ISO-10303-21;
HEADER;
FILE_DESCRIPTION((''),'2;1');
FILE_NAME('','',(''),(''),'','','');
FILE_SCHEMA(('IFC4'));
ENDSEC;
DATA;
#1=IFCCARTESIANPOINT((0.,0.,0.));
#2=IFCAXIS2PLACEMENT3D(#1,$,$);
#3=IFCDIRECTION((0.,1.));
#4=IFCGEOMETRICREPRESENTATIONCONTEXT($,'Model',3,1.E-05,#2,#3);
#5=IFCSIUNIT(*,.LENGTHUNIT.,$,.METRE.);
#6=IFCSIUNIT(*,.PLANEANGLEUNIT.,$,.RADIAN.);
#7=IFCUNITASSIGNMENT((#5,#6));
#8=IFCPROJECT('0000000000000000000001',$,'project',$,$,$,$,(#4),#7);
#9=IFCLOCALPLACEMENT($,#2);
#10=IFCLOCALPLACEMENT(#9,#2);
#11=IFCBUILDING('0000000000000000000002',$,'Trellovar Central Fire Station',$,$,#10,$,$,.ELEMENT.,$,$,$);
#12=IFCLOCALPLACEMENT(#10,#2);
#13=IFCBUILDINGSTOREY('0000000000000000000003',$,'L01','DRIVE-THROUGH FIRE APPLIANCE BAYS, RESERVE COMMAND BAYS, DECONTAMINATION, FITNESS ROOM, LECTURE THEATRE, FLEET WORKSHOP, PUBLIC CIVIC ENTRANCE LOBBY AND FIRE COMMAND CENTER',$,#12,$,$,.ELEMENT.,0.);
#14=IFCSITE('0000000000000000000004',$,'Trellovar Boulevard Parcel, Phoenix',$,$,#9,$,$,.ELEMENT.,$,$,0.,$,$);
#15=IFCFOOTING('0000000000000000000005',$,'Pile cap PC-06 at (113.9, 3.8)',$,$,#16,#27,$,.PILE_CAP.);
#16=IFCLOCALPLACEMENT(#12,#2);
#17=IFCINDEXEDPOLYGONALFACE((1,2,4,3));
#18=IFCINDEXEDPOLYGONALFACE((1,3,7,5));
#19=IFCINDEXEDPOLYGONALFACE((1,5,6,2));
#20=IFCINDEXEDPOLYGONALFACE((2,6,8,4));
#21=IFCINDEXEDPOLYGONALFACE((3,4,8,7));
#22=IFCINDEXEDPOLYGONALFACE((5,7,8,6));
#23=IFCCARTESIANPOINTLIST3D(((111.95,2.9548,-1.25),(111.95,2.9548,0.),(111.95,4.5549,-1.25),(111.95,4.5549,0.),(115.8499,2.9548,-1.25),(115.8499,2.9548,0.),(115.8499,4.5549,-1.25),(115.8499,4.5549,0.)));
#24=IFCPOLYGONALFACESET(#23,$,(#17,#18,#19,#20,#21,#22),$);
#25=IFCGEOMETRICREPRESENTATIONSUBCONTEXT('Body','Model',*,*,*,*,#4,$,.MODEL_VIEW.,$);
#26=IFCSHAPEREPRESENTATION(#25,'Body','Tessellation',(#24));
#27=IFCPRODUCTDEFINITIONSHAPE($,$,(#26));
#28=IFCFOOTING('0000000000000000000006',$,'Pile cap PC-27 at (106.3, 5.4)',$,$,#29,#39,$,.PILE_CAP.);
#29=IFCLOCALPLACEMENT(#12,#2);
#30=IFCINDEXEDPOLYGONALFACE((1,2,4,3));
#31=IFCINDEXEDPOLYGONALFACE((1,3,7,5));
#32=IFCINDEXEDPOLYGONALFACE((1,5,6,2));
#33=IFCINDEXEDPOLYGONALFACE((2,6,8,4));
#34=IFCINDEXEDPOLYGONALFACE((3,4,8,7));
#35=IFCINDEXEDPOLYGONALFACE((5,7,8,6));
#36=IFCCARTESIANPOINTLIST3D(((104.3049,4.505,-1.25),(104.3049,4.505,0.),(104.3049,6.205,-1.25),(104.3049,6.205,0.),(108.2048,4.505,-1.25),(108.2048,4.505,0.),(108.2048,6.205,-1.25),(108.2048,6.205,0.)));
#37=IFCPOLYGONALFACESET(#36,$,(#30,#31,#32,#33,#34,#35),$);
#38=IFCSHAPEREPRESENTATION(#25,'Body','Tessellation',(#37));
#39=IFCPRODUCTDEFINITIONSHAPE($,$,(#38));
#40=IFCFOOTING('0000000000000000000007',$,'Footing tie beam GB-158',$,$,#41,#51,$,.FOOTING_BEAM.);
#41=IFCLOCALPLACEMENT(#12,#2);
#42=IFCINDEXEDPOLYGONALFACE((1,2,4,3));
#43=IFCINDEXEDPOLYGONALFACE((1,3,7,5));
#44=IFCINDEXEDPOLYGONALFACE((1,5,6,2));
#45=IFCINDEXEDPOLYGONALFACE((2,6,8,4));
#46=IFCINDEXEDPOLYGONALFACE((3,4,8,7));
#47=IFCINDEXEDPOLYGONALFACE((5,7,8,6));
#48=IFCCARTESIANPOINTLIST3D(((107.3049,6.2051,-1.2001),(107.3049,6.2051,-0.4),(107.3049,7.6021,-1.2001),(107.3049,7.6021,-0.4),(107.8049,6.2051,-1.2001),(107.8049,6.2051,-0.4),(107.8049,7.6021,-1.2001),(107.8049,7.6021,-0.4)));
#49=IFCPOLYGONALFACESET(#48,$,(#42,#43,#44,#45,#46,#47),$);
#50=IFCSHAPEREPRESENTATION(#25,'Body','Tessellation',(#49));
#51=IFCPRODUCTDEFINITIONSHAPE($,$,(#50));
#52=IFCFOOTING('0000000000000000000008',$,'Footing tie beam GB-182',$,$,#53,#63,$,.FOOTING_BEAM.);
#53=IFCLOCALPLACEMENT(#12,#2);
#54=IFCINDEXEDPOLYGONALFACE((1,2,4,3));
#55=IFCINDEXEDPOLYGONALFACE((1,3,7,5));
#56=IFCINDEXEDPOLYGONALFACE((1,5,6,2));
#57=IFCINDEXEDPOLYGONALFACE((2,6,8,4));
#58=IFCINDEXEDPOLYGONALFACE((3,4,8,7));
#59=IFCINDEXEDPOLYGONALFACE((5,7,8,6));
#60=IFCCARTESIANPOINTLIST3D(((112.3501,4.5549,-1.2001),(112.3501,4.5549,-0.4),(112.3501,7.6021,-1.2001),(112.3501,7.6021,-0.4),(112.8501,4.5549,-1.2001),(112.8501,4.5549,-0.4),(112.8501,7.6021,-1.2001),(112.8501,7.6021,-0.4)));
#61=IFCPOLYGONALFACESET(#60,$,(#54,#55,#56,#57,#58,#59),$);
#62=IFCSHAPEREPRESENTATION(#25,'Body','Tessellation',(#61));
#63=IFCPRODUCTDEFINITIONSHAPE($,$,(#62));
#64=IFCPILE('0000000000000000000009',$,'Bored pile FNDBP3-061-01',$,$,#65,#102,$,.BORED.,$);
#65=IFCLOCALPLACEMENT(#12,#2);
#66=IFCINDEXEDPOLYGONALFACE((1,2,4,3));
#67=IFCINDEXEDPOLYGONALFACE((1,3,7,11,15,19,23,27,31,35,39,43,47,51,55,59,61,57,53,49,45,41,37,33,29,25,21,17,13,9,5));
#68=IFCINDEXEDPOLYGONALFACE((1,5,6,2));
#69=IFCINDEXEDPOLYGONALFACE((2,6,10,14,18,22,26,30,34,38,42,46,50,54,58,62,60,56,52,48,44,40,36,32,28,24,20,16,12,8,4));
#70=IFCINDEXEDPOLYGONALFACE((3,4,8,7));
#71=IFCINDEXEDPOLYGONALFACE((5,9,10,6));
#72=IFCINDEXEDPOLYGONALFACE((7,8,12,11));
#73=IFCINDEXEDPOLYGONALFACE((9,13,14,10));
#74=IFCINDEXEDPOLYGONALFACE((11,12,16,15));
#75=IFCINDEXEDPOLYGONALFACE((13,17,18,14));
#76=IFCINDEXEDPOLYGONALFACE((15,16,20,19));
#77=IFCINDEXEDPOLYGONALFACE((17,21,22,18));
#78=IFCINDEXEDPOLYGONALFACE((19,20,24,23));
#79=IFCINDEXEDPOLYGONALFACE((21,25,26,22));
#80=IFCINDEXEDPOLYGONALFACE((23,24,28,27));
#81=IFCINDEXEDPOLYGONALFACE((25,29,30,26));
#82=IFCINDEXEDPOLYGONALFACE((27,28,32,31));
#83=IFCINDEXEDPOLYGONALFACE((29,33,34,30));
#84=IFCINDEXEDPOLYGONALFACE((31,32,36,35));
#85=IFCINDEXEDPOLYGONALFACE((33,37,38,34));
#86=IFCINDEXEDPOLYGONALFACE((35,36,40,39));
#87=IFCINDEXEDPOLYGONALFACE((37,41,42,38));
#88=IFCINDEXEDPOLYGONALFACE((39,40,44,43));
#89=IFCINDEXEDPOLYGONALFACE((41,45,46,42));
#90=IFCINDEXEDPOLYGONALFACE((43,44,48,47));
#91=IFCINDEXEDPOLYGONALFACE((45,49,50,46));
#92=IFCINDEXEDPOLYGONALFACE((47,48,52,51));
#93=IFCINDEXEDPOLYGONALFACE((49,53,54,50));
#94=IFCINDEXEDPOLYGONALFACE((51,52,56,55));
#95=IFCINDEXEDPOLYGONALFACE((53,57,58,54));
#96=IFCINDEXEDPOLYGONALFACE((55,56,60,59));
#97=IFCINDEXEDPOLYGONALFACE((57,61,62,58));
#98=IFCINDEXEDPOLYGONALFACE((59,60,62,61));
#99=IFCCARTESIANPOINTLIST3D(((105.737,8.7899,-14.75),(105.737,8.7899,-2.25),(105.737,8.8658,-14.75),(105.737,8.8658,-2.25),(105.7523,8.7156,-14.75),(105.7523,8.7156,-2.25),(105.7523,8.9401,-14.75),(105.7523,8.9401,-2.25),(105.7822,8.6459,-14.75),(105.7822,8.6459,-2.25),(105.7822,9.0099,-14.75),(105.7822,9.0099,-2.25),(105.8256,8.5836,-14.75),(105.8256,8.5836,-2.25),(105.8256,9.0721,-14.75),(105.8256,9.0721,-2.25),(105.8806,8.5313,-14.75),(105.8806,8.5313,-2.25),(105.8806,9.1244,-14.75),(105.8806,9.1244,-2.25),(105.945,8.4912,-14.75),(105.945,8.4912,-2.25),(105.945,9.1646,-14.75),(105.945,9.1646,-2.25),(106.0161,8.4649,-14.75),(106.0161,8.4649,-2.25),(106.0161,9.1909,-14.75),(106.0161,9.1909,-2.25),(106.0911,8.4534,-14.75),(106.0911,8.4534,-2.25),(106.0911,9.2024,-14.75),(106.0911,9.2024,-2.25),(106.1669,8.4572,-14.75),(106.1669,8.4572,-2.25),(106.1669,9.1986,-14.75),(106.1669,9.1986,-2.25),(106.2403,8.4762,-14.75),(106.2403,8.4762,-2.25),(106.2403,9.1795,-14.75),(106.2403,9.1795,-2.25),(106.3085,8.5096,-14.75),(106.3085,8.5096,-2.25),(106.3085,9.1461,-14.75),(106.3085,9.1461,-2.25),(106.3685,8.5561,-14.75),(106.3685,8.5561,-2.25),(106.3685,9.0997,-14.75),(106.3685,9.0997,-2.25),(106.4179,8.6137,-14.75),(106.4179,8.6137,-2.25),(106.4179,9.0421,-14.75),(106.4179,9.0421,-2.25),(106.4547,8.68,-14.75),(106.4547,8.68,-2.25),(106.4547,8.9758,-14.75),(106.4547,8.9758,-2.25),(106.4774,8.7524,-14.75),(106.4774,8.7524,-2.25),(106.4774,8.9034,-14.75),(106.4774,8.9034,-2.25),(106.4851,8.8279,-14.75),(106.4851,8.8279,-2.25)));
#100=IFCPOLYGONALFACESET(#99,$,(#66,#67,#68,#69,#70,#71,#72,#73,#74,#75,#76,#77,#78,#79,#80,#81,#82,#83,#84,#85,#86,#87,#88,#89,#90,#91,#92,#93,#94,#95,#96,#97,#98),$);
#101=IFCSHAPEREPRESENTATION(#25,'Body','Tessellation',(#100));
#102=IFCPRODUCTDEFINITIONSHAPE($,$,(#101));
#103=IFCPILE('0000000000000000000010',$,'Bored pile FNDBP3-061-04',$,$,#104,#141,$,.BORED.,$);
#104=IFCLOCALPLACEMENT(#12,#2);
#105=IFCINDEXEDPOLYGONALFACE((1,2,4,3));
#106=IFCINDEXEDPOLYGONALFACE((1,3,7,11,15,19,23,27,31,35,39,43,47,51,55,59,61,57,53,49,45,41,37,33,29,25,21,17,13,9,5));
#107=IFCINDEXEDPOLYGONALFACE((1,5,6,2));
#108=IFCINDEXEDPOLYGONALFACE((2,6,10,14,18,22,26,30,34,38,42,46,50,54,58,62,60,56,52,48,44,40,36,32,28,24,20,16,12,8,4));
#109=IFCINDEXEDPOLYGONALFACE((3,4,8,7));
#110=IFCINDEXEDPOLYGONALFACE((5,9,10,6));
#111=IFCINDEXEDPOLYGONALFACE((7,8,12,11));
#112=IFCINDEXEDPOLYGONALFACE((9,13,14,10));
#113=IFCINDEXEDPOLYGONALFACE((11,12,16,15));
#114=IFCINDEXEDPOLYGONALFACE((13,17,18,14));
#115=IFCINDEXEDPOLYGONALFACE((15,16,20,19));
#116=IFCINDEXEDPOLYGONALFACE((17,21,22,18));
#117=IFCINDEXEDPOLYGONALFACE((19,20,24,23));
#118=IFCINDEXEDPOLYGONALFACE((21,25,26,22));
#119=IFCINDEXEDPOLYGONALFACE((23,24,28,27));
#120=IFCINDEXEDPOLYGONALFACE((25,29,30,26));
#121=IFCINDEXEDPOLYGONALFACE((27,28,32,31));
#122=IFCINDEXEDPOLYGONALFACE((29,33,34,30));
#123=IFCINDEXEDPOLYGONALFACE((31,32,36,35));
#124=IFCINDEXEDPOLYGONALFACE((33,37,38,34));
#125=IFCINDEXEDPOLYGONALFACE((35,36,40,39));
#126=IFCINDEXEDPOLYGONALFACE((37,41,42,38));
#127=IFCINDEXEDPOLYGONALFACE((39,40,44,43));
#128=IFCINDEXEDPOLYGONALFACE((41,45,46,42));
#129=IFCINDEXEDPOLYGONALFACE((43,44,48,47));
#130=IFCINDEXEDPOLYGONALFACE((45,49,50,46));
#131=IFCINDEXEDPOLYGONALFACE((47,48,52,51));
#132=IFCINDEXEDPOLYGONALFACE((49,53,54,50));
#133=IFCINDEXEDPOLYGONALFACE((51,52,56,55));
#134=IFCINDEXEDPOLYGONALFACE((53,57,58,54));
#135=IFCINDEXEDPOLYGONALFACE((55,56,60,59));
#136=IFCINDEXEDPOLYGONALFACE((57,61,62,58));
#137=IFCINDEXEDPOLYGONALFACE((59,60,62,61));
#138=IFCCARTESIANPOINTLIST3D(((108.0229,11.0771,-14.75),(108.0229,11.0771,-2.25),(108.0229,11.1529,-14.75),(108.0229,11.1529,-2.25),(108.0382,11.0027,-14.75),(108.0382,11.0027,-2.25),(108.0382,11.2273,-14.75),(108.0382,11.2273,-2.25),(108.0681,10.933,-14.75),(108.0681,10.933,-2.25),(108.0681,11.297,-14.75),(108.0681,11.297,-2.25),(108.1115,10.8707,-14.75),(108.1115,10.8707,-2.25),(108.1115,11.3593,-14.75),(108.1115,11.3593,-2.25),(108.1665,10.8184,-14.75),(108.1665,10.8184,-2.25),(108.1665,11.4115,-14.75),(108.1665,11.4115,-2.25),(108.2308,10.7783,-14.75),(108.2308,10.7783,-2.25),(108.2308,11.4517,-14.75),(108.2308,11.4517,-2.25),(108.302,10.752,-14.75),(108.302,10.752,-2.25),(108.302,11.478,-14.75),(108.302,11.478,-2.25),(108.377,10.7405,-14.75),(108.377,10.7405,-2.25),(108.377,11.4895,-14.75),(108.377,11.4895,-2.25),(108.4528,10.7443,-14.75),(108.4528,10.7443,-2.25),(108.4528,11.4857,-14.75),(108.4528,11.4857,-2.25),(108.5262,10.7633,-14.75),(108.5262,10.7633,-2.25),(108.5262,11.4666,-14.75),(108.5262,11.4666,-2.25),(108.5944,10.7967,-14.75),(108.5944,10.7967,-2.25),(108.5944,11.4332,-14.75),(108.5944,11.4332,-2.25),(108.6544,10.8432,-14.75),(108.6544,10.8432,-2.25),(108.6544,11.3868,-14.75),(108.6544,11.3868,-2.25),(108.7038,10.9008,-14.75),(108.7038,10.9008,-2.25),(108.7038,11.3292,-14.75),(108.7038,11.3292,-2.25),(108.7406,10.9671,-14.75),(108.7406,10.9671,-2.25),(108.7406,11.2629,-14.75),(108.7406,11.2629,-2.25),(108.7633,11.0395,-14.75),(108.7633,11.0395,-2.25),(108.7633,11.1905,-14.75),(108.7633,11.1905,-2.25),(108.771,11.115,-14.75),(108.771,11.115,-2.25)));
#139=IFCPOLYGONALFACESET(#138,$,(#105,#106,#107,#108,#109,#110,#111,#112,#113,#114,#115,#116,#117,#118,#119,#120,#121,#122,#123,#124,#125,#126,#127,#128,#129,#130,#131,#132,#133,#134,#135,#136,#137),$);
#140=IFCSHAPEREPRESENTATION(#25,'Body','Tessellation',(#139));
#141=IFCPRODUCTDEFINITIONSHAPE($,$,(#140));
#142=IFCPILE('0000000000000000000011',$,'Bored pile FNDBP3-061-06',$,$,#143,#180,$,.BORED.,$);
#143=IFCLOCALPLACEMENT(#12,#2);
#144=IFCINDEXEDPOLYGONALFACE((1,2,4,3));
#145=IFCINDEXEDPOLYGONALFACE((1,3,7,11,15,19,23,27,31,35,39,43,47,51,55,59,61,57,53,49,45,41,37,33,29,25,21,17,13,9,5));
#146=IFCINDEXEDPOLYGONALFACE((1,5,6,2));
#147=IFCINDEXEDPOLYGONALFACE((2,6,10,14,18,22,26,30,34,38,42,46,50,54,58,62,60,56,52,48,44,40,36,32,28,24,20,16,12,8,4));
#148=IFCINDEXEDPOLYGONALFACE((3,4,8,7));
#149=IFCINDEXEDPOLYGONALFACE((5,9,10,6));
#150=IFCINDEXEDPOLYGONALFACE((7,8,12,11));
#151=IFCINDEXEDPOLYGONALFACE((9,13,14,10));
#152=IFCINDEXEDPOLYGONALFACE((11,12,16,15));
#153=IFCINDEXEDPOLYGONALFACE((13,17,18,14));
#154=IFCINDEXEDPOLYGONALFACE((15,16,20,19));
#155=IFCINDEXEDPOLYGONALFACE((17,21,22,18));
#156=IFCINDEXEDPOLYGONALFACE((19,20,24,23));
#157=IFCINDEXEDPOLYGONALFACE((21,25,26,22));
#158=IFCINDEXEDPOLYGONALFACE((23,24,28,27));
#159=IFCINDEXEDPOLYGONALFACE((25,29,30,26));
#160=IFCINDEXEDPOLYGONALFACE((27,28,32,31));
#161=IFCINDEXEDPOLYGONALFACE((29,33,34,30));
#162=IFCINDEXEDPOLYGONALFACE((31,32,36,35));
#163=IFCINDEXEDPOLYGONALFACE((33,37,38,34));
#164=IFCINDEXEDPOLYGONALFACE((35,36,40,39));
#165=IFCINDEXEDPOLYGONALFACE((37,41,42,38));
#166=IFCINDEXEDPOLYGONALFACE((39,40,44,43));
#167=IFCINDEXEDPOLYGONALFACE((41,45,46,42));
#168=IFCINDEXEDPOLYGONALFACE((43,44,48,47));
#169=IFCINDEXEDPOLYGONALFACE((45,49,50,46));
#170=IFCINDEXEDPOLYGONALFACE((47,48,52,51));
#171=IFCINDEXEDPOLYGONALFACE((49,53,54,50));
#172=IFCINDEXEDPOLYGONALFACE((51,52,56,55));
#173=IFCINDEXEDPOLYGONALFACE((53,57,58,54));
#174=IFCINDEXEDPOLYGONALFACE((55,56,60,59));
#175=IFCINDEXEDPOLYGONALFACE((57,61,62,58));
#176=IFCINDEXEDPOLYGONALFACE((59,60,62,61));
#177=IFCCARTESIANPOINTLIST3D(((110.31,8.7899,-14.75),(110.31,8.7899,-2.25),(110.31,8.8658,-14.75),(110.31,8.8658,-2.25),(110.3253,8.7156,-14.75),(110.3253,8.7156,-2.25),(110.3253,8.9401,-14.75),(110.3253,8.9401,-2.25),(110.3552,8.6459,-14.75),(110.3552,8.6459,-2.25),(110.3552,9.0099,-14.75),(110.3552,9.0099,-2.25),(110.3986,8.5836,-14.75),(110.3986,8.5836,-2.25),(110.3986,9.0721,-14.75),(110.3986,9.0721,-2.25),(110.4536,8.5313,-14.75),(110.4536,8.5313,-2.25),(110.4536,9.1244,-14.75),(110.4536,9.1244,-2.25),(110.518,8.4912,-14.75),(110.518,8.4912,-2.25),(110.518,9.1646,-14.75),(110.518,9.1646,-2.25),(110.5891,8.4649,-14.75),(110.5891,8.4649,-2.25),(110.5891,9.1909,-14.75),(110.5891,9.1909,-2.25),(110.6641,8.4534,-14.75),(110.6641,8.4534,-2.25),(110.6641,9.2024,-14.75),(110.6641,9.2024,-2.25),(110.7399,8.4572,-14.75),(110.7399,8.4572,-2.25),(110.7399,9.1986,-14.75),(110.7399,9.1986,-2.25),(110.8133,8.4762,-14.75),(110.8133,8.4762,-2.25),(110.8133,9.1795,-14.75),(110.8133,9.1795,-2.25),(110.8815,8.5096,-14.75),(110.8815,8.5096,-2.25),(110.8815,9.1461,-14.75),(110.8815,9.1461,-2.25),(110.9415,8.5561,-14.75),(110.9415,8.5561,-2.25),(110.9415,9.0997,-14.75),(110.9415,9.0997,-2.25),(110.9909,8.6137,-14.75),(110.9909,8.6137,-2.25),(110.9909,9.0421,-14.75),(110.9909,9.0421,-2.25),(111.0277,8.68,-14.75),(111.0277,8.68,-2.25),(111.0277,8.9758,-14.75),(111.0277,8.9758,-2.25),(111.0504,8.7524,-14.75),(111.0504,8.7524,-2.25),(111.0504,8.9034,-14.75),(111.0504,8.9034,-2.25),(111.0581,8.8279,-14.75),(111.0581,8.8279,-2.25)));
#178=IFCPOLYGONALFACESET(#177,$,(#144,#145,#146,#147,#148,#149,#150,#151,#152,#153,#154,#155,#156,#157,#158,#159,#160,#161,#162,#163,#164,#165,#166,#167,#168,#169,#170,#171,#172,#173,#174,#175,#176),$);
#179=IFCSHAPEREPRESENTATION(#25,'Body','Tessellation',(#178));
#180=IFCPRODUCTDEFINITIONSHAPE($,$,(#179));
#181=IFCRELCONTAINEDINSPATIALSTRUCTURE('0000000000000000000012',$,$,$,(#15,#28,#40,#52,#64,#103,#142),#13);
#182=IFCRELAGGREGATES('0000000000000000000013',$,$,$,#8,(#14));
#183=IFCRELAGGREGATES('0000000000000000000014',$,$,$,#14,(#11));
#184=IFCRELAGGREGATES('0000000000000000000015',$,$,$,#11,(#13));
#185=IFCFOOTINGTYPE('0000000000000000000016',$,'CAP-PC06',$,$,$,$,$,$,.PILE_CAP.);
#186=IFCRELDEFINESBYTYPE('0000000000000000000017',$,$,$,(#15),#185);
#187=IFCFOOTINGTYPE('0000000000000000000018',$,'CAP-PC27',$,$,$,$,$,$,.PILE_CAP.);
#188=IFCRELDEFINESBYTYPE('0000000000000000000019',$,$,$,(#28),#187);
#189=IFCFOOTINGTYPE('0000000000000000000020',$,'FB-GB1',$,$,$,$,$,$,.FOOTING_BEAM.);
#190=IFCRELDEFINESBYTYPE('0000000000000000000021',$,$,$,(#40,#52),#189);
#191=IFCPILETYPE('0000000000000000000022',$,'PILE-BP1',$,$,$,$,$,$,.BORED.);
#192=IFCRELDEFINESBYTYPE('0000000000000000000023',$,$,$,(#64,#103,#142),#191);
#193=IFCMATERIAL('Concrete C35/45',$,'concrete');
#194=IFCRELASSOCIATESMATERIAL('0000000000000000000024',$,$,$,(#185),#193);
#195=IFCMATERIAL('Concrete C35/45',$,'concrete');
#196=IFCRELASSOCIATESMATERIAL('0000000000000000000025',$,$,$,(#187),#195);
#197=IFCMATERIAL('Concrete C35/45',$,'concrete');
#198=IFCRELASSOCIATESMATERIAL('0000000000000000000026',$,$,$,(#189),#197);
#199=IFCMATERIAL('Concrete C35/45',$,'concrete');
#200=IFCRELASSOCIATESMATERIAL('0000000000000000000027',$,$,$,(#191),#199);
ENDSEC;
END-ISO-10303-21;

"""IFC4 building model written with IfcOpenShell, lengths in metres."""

from ifc_helpers import new_model, si_unit, direction, frame, origin, origin_2d, place, context, subcontext, project, spatial, rectangle, circle, extrude, material, material_profile, profile_set, type_object, element, save


model = new_model("IFC4")

# Units and contexts
model_context = context("Model", 3, precision=1e-05, world=origin(), true_north=direction((0.0, 1.0)))
body_context = subcontext(model_context, "Body", "Model", "MODEL_VIEW")
ifc_project = project(units=[si_unit("LENGTHUNIT", "METRE"), si_unit("PLANEANGLEUNIT", "RADIAN")], contexts=[model_context])

# Site, building, storey
site_placement = place(None, origin())
site = spatial("IfcSite", under=ifc_project, at=site_placement, Name="Trellovar Boulevard Parcel, Phoenix", CompositionType="ELEMENT", RefElevation=0.0)
building_placement = place(site_placement, origin())
building = spatial("IfcBuilding", under=site, at=building_placement, Name="Trellovar Central Fire Station", CompositionType="ELEMENT")
storey_placement = place(building_placement, origin())
storey = spatial("IfcBuildingStorey", under=building, at=storey_placement, Name="L01", Description="DRIVE-THROUGH FIRE APPLIANCE BAYS, RESERVE COMMAND BAYS, DECONTAMINATION, FITNESS ROOM, LECTURE THEATRE, FLEET WORKSHOP, PUBLIC CIVIC ENTRANCE LOBBY AND FIRE COMMAND CENTER", CompositionType="ELEMENT", Elevation=0.0)

# Footings
ifc_material_1 = material(Name="Concrete C35/45", Category="concrete")
footing_type_1 = type_object("IfcFootingType", Name="CAP-PC06", PredefinedType="PILE_CAP", material=ifc_material_1)
footing_1_placement = place(storey_placement, frame((113.8999, 3.7549, -1.25), z_axis=(0.0, 0.0, 1.0), x_axis=(1.0, 0.0, 0.0)))
element("IfcFooting", 1, at=footing_1_placement, inside=storey, type_object=footing_type_1, Name="Pile cap PC-06 at (113.9, 3.8)", PredefinedType="PILE_CAP", context=body_context, shape_type="SweptSolid", body=[
    extrude(rectangle(XDim=3.8999, YDim=1.6001, at=origin_2d()), origin(), (0.0, 0.0, 1.0), 1.25),
])
ifc_material_2 = material(Name="Concrete C35/45", Category="concrete")
footing_type_2 = type_object("IfcFootingType", Name="CAP-PC27", PredefinedType="PILE_CAP", material=ifc_material_2)
footing_2_placement = place(storey_placement, frame((106.2549, 5.355, -1.25), z_axis=(0.0, 0.0, 1.0), x_axis=(1.0, 0.0, 0.0)))
element("IfcFooting", 2, at=footing_2_placement, inside=storey, type_object=footing_type_2, Name="Pile cap PC-27 at (106.3, 5.4)", PredefinedType="PILE_CAP", context=body_context, shape_type="SweptSolid", body=[
    extrude(rectangle(XDim=3.8999, YDim=1.7, at=origin_2d()), origin(), (0.0, 0.0, 1.0), 1.25),
])
ifc_material_3 = material(Name="Concrete C35/45", Category="concrete")
ifc_material_profile_1 = material_profile(ifc_material_3, rectangle(XDim=0.5, YDim=0.8, at=origin_2d()), Name="RC500X800")
ifc_profile_set_1 = profile_set([ifc_material_profile_1], Name="Concrete C35/45")
footing_type_3 = type_object("IfcFootingType", Name="FB-GB1", PredefinedType="FOOTING_BEAM", material=ifc_profile_set_1)
footing_3_placement = place(storey_placement, frame((107.5549, 6.2051, -0.8), z_axis=(0.0, 1.0, 0.0), x_axis=(-1.0, 0.0, 0.0)))
element("IfcFooting", 3, at=footing_3_placement, inside=storey, type_object=footing_type_3, Name="Footing tie beam GB-158", PredefinedType="FOOTING_BEAM", context=body_context, shape_type="SweptSolid", body=[
    extrude(rectangle(XDim=0.5, YDim=0.8, at=origin_2d()), origin(), (0.0, 0.0, 1.0), 1.397),
])
footing_4_placement = place(storey_placement, frame((112.6001, 4.5549, -0.8), z_axis=(0.0, 1.0, 0.0), x_axis=(-1.0, 0.0, 0.0)))
element("IfcFooting", 4, at=footing_4_placement, inside=storey, type_object=footing_type_3, Name="Footing tie beam GB-182", PredefinedType="FOOTING_BEAM", context=body_context, shape_type="SweptSolid", body=[
    extrude(rectangle(XDim=0.5, YDim=0.8, at=origin_2d()), origin(), (0.0, 0.0, 1.0), 3.0471),
])

# Piles
ifc_material_4 = material(Name="Concrete C35/45", Category="concrete")
ifc_material_profile_2 = material_profile(ifc_material_4, circle(Radius=0.375, at=origin_2d()), Name="PILE750")
ifc_profile_set_2 = profile_set([ifc_material_profile_2], Name="Concrete C35/45")
pile_type = type_object("IfcPileType", Name="PILE-BP1", PredefinedType="BORED", material=ifc_profile_set_2)
for number, where, z_axis, x_axis, name in (
    (5, (106.1101, 8.8279, -2.25), (0.0, 0.0, -1.0), (1.0, 0.0, 0.0), "Bored pile FNDBP3-061-01"),
    (6, (108.396, 11.115, -2.25), (0.0, 0.0, -1.0), (1.0, 0.0, 0.0), "Bored pile FNDBP3-061-04"),
    (7, (110.6831, 8.8279, -2.25), (0.0, 0.0, -1.0), (1.0, 0.0, 0.0), "Bored pile FNDBP3-061-06"),
):
    element("IfcPile", number, at=place(storey_placement, frame(where, z_axis=z_axis, x_axis=x_axis)), inside=storey, type_object=pile_type, Name=name, PredefinedType="BORED", context=body_context, shape_type="SweptSolid", body=[
        extrude(circle(Radius=0.375, at=origin_2d()), origin(), (0.0, 0.0, 1.0), 12.5),
    ])

save(model, "model.ifc")
